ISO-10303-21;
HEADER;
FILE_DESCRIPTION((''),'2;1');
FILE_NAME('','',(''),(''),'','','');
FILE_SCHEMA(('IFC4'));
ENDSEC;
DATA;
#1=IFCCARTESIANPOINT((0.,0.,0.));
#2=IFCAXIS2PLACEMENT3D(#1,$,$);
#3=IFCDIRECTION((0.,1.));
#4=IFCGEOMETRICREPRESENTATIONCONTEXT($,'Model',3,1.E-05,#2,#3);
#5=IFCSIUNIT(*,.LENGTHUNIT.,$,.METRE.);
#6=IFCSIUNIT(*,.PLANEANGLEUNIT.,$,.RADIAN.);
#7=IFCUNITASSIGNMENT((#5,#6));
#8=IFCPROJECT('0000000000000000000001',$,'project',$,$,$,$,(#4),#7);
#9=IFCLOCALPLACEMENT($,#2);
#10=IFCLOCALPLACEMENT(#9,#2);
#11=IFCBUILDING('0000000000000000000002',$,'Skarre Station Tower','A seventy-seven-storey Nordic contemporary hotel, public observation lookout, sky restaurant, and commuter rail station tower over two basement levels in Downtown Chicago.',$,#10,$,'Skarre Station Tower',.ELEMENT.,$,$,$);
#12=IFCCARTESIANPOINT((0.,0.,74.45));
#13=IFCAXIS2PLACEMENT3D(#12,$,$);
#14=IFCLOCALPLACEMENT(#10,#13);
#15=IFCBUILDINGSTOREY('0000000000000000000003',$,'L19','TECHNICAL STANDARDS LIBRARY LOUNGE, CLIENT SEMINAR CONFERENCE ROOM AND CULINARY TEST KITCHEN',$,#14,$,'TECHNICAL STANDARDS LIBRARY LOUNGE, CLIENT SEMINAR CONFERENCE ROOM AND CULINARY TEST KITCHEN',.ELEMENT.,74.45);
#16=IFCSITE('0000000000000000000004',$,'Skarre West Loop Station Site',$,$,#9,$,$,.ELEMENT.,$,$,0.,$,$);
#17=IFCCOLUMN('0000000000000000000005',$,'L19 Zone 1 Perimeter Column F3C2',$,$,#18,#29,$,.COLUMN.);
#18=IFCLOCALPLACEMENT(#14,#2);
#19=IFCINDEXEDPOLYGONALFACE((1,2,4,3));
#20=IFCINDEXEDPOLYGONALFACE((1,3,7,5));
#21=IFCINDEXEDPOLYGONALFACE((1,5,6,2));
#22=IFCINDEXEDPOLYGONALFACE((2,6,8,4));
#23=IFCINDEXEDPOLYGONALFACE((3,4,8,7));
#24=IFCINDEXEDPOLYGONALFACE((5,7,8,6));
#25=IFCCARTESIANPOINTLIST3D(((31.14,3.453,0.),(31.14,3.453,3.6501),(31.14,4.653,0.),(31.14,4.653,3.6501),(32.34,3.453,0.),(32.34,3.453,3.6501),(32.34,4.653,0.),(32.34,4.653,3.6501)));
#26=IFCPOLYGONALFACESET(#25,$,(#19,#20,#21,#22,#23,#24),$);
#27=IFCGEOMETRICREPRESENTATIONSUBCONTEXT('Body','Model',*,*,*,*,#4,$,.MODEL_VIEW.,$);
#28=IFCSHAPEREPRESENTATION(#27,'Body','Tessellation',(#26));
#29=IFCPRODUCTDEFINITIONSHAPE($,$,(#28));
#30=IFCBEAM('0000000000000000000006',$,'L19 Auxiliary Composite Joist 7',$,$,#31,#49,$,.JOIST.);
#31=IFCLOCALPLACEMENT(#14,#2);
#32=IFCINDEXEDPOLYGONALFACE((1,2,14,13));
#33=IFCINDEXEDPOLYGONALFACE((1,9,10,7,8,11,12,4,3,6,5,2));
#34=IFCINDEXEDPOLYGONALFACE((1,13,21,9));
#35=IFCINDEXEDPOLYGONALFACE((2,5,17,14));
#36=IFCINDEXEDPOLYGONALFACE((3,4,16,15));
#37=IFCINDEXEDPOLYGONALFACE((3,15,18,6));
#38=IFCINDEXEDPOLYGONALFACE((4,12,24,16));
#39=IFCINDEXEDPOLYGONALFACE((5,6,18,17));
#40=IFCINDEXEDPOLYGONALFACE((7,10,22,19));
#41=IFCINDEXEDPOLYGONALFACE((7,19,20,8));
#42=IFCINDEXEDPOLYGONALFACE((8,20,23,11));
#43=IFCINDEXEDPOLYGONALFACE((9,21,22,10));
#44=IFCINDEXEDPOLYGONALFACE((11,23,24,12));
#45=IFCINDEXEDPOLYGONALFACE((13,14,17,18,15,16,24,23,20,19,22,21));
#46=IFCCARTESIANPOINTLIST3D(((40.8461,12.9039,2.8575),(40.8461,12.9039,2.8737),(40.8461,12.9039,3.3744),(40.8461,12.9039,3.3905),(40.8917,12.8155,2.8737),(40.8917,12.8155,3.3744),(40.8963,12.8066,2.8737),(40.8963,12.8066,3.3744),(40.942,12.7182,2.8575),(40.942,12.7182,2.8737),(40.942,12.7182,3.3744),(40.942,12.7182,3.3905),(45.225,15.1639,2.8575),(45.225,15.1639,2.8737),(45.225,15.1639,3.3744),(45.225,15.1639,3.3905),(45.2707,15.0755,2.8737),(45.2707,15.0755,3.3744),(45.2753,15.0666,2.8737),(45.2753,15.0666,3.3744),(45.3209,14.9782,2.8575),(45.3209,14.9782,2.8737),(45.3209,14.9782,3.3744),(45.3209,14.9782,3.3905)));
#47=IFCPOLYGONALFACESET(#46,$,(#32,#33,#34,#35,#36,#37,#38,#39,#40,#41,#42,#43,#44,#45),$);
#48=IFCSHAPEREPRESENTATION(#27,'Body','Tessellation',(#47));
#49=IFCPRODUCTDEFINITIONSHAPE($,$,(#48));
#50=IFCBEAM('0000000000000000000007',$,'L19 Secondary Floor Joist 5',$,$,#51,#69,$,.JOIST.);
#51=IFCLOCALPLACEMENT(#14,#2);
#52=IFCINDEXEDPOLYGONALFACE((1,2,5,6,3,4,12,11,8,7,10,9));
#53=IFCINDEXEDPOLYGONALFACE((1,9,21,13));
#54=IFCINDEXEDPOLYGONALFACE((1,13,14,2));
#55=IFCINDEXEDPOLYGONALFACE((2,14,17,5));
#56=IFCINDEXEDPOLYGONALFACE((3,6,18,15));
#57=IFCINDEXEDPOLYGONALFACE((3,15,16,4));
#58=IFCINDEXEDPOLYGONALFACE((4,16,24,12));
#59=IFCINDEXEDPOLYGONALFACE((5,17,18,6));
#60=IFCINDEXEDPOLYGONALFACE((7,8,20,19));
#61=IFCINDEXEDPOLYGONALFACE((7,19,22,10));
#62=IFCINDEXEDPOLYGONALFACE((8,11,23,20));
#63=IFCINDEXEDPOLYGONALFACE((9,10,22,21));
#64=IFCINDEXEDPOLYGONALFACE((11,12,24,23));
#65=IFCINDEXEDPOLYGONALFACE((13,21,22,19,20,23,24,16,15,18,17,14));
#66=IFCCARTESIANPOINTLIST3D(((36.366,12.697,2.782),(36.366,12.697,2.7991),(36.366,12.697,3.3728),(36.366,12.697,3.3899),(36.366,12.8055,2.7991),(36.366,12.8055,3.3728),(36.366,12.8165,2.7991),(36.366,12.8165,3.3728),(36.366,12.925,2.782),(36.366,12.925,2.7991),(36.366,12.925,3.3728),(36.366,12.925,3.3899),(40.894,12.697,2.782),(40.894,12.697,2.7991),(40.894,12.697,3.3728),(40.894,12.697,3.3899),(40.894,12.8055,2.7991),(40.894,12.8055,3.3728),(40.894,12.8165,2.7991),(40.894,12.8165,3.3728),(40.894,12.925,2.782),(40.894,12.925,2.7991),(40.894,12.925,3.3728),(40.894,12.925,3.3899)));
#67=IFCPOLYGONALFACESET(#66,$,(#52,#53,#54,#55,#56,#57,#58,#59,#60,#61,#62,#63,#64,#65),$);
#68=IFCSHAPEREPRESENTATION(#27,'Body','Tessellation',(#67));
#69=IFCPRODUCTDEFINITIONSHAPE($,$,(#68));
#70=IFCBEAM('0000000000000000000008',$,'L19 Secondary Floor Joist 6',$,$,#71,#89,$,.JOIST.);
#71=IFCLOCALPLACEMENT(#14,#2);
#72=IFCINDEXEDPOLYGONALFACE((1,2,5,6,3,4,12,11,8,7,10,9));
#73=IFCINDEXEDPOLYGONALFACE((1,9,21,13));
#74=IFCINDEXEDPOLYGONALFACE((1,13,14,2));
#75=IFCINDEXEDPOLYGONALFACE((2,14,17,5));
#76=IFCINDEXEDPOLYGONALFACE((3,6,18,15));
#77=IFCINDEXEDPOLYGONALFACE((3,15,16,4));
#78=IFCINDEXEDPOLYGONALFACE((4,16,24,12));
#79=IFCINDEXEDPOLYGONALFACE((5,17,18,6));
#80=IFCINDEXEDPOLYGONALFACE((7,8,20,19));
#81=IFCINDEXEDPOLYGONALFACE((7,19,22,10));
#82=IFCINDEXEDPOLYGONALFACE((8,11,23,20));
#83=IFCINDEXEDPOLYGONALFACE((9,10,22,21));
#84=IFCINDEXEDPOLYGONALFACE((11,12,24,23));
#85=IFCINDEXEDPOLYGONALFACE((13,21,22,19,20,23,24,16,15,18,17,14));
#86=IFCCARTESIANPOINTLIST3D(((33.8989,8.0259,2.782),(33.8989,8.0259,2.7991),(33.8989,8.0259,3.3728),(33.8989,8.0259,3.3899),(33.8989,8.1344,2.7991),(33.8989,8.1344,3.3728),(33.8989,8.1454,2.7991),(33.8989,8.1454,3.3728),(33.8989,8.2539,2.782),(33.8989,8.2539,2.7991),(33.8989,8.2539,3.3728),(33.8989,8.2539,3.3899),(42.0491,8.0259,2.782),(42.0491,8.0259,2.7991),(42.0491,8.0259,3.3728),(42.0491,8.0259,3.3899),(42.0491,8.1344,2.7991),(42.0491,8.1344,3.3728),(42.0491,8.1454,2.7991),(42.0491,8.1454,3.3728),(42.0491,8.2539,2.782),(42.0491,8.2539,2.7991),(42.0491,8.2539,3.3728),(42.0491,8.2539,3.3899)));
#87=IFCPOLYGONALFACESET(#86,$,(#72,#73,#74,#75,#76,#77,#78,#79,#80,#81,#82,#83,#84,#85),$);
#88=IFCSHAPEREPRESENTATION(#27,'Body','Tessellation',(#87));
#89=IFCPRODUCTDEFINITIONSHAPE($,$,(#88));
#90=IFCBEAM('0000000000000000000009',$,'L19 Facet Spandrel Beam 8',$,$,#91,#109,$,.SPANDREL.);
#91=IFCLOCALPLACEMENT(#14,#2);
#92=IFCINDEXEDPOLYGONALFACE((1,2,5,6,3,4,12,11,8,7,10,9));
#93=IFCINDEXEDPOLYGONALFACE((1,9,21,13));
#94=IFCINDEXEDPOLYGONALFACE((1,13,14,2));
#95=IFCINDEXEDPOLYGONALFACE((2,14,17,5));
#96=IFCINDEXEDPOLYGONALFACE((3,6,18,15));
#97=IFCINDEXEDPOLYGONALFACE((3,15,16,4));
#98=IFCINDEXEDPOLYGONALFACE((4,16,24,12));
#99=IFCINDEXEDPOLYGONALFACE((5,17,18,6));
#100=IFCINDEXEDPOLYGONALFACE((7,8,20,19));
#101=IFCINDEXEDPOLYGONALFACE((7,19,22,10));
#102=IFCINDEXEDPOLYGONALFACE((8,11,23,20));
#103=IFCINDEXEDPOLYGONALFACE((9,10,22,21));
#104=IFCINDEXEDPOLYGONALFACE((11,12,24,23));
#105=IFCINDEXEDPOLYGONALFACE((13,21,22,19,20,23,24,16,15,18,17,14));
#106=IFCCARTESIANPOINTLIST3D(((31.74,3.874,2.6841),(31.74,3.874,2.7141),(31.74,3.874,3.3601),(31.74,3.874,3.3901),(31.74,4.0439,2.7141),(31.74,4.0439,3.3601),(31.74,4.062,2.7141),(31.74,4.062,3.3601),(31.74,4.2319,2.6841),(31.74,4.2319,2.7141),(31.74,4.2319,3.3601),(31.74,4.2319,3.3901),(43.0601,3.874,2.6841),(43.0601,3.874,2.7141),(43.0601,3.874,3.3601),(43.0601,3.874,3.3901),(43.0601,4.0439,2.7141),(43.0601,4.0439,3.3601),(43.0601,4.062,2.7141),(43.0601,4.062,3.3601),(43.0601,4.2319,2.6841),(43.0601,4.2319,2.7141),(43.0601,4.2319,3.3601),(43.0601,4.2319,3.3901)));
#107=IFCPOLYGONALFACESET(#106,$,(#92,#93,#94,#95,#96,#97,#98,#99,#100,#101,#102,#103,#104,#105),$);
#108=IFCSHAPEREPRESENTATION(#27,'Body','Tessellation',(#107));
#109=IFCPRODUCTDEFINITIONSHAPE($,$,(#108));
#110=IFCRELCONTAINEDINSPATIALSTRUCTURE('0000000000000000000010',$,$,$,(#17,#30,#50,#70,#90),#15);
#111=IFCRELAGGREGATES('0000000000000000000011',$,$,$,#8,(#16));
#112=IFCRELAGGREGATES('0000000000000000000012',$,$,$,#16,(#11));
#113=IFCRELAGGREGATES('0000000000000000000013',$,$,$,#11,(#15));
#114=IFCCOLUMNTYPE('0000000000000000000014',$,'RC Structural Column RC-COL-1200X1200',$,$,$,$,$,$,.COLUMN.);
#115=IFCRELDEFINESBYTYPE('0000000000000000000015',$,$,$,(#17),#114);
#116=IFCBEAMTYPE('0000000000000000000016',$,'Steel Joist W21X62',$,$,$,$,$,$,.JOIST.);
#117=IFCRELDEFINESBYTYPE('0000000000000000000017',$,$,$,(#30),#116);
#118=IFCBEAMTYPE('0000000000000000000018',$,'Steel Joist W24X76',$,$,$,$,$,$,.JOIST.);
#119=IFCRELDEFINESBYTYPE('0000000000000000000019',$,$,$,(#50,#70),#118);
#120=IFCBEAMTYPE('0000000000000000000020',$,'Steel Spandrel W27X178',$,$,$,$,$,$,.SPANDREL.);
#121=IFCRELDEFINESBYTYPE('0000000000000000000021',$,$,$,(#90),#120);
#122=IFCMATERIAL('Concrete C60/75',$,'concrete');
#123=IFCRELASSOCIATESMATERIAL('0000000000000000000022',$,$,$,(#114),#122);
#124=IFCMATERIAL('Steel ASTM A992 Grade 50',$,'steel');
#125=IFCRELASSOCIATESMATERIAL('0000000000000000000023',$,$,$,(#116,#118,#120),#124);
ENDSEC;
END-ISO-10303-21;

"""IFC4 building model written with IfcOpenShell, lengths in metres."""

from ifc_helpers import new_model, si_unit, direction, frame, origin, origin_2d, place, context, subcontext, project, spatial, rectangle, i_section, extrude, material, material_profile, profile_set, type_object, element, save


model = new_model("IFC4")

# Units and contexts
model_context = context("Model", 3, precision=1e-05, world=origin(), true_north=direction((0.0, 1.0)))
body_context = subcontext(model_context, "Body", "Model", "MODEL_VIEW")
ifc_project = project(units=[si_unit("LENGTHUNIT", "METRE"), si_unit("PLANEANGLEUNIT", "RADIAN")], contexts=[model_context])

# Site, building, storey
site_placement = place(None, origin())
site = spatial("IfcSite", under=ifc_project, at=site_placement, Name="Skarre West Loop Station Site", CompositionType="ELEMENT", RefElevation=0.0)
building_placement = place(site_placement, origin())
building = spatial("IfcBuilding", under=site, at=building_placement, Name="Skarre Station Tower", Description="A seventy-seven-storey Nordic contemporary hotel, public observation lookout, sky restaurant, and commuter rail station tower over two basement levels in Downtown Chicago.", LongName="Skarre Station Tower", CompositionType="ELEMENT")
storey_placement = place(building_placement, frame((0.0, 0.0, 74.45)))
storey = spatial("IfcBuildingStorey", under=building, at=storey_placement, Name="L19", Description="TECHNICAL STANDARDS LIBRARY LOUNGE, CLIENT SEMINAR CONFERENCE ROOM AND CULINARY TEST KITCHEN", LongName="TECHNICAL STANDARDS LIBRARY LOUNGE, CLIENT SEMINAR CONFERENCE ROOM AND CULINARY TEST KITCHEN", CompositionType="ELEMENT", Elevation=74.45)

# Column
ifc_material_1 = material(Name="Concrete C60/75", Category="concrete")
ifc_material_profile_1 = material_profile(ifc_material_1, rectangle(XDim=1.2, YDim=1.2, at=origin_2d()), Name="Concrete C60/75")
ifc_profile_set_1 = profile_set([ifc_material_profile_1], Name="Concrete C60/75")
column_type = type_object("IfcColumnType", Name="RC Structural Column RC-COL-1200X1200", PredefinedType="COLUMN", material=ifc_profile_set_1)
column_placement = place(storey_placement, frame((31.74, 4.053, 0.0), z_axis=(0.0, 0.0, 1.0), x_axis=(1.0, 0.0, 0.0)))
element("IfcColumn", 1, at=column_placement, inside=storey, type_object=column_type, Name="L19 Zone 1 Perimeter Column F3C2", PredefinedType="COLUMN", context=body_context, shape_type="SweptSolid", body=[
    extrude(rectangle(XDim=1.2, YDim=1.2, at=origin_2d()), origin(), (0.0, 0.0, 1.0), 3.6501),
])

# Beams
ifc_material_2 = material(Name="Steel ASTM A992 Grade 50", Category="steel")
ifc_material_profile_2 = material_profile(ifc_material_2, i_section(OverallWidth=0.209, OverallDepth=0.533, WebThickness=0.01, FlangeThickness=0.0161, at=origin_2d()), Name="Steel ASTM A992 Grade 50")
ifc_profile_set_2 = profile_set([ifc_material_profile_2], Name="Steel ASTM A992 Grade 50")
beam_type_1 = type_object("IfcBeamType", Name="Steel Joist W21X62", PredefinedType="JOIST", material=ifc_profile_set_2)
beam_1_placement = place(storey_placement, frame((40.894, 12.811, 3.124), z_axis=(0.888627, 0.458632, 0.0), x_axis=(-0.458632, 0.888627, 0.0)))
element("IfcBeam", 2, at=beam_1_placement, inside=storey, type_object=beam_type_1, Name="L19 Auxiliary Composite Joist 7", PredefinedType="JOIST", context=body_context, shape_type="SweptSolid", body=[
    extrude(i_section(OverallWidth=0.209, OverallDepth=0.533, WebThickness=0.01, FlangeThickness=0.0161, at=origin_2d()), origin(), (0.0, 0.0, 1.0), 4.9277),
])
ifc_material_profile_3 = material_profile(ifc_material_2, i_section(OverallWidth=0.228, OverallDepth=0.6079, WebThickness=0.011, FlangeThickness=0.0171, at=origin_2d()), Name="Steel ASTM A992 Grade 50")
ifc_profile_set_3 = profile_set([ifc_material_profile_3], Name="Steel ASTM A992 Grade 50")
beam_type_2 = type_object("IfcBeamType", Name="Steel Joist W24X76", PredefinedType="JOIST", material=ifc_profile_set_3)
beam_2_placement = place(storey_placement, frame((36.366, 12.811, 3.0859), z_axis=(1.0, 0.0, 0.0), x_axis=(0.0, 1.0, 0.0)))
element("IfcBeam", 3, at=beam_2_placement, inside=storey, type_object=beam_type_2, Name="L19 Secondary Floor Joist 5", PredefinedType="JOIST", context=body_context, shape_type="SweptSolid", body=[
    extrude(i_section(OverallWidth=0.228, OverallDepth=0.6079, WebThickness=0.011, FlangeThickness=0.0171, at=origin_2d()), origin(), (0.0, 0.0, 1.0), 4.5281),
])
beam_3_placement = place(storey_placement, frame((33.8989, 8.1399, 3.0859), z_axis=(1.0, 0.0, 0.0), x_axis=(0.0, 1.0, 0.0)))
element("IfcBeam", 4, at=beam_3_placement, inside=storey, type_object=beam_type_2, Name="L19 Secondary Floor Joist 6", PredefinedType="JOIST", context=body_context, shape_type="SweptSolid", body=[
    extrude(i_section(OverallWidth=0.228, OverallDepth=0.6079, WebThickness=0.011, FlangeThickness=0.0171, at=origin_2d()), origin(), (0.0, 0.0, 1.0), 8.1501),
])
ifc_material_profile_4 = material_profile(ifc_material_2, i_section(OverallWidth=0.3579, OverallDepth=0.7061, WebThickness=0.0181, FlangeThickness=0.03, at=origin_2d()), Name="Steel ASTM A992 Grade 50")
ifc_profile_set_4 = profile_set([ifc_material_profile_4], Name="Steel ASTM A992 Grade 50")
beam_type_3 = type_object("IfcBeamType", Name="Steel Spandrel W27X178", PredefinedType="SPANDREL", material=ifc_profile_set_4)
beam_4_placement = place(storey_placement, frame((31.74, 4.053, 3.0371), z_axis=(1.0, 0.0, 0.0), x_axis=(0.0, 1.0, 0.0)))
element("IfcBeam", 5, at=beam_4_placement, inside=storey, type_object=beam_type_3, Name="L19 Facet Spandrel Beam 8", PredefinedType="SPANDREL", context=body_context, shape_type="SweptSolid", body=[
    extrude(i_section(OverallWidth=0.3579, OverallDepth=0.7061, WebThickness=0.0181, FlangeThickness=0.03, at=origin_2d()), origin(), (0.0, 0.0, 1.0), 11.3201),
])

save(model, "model.ifc")
